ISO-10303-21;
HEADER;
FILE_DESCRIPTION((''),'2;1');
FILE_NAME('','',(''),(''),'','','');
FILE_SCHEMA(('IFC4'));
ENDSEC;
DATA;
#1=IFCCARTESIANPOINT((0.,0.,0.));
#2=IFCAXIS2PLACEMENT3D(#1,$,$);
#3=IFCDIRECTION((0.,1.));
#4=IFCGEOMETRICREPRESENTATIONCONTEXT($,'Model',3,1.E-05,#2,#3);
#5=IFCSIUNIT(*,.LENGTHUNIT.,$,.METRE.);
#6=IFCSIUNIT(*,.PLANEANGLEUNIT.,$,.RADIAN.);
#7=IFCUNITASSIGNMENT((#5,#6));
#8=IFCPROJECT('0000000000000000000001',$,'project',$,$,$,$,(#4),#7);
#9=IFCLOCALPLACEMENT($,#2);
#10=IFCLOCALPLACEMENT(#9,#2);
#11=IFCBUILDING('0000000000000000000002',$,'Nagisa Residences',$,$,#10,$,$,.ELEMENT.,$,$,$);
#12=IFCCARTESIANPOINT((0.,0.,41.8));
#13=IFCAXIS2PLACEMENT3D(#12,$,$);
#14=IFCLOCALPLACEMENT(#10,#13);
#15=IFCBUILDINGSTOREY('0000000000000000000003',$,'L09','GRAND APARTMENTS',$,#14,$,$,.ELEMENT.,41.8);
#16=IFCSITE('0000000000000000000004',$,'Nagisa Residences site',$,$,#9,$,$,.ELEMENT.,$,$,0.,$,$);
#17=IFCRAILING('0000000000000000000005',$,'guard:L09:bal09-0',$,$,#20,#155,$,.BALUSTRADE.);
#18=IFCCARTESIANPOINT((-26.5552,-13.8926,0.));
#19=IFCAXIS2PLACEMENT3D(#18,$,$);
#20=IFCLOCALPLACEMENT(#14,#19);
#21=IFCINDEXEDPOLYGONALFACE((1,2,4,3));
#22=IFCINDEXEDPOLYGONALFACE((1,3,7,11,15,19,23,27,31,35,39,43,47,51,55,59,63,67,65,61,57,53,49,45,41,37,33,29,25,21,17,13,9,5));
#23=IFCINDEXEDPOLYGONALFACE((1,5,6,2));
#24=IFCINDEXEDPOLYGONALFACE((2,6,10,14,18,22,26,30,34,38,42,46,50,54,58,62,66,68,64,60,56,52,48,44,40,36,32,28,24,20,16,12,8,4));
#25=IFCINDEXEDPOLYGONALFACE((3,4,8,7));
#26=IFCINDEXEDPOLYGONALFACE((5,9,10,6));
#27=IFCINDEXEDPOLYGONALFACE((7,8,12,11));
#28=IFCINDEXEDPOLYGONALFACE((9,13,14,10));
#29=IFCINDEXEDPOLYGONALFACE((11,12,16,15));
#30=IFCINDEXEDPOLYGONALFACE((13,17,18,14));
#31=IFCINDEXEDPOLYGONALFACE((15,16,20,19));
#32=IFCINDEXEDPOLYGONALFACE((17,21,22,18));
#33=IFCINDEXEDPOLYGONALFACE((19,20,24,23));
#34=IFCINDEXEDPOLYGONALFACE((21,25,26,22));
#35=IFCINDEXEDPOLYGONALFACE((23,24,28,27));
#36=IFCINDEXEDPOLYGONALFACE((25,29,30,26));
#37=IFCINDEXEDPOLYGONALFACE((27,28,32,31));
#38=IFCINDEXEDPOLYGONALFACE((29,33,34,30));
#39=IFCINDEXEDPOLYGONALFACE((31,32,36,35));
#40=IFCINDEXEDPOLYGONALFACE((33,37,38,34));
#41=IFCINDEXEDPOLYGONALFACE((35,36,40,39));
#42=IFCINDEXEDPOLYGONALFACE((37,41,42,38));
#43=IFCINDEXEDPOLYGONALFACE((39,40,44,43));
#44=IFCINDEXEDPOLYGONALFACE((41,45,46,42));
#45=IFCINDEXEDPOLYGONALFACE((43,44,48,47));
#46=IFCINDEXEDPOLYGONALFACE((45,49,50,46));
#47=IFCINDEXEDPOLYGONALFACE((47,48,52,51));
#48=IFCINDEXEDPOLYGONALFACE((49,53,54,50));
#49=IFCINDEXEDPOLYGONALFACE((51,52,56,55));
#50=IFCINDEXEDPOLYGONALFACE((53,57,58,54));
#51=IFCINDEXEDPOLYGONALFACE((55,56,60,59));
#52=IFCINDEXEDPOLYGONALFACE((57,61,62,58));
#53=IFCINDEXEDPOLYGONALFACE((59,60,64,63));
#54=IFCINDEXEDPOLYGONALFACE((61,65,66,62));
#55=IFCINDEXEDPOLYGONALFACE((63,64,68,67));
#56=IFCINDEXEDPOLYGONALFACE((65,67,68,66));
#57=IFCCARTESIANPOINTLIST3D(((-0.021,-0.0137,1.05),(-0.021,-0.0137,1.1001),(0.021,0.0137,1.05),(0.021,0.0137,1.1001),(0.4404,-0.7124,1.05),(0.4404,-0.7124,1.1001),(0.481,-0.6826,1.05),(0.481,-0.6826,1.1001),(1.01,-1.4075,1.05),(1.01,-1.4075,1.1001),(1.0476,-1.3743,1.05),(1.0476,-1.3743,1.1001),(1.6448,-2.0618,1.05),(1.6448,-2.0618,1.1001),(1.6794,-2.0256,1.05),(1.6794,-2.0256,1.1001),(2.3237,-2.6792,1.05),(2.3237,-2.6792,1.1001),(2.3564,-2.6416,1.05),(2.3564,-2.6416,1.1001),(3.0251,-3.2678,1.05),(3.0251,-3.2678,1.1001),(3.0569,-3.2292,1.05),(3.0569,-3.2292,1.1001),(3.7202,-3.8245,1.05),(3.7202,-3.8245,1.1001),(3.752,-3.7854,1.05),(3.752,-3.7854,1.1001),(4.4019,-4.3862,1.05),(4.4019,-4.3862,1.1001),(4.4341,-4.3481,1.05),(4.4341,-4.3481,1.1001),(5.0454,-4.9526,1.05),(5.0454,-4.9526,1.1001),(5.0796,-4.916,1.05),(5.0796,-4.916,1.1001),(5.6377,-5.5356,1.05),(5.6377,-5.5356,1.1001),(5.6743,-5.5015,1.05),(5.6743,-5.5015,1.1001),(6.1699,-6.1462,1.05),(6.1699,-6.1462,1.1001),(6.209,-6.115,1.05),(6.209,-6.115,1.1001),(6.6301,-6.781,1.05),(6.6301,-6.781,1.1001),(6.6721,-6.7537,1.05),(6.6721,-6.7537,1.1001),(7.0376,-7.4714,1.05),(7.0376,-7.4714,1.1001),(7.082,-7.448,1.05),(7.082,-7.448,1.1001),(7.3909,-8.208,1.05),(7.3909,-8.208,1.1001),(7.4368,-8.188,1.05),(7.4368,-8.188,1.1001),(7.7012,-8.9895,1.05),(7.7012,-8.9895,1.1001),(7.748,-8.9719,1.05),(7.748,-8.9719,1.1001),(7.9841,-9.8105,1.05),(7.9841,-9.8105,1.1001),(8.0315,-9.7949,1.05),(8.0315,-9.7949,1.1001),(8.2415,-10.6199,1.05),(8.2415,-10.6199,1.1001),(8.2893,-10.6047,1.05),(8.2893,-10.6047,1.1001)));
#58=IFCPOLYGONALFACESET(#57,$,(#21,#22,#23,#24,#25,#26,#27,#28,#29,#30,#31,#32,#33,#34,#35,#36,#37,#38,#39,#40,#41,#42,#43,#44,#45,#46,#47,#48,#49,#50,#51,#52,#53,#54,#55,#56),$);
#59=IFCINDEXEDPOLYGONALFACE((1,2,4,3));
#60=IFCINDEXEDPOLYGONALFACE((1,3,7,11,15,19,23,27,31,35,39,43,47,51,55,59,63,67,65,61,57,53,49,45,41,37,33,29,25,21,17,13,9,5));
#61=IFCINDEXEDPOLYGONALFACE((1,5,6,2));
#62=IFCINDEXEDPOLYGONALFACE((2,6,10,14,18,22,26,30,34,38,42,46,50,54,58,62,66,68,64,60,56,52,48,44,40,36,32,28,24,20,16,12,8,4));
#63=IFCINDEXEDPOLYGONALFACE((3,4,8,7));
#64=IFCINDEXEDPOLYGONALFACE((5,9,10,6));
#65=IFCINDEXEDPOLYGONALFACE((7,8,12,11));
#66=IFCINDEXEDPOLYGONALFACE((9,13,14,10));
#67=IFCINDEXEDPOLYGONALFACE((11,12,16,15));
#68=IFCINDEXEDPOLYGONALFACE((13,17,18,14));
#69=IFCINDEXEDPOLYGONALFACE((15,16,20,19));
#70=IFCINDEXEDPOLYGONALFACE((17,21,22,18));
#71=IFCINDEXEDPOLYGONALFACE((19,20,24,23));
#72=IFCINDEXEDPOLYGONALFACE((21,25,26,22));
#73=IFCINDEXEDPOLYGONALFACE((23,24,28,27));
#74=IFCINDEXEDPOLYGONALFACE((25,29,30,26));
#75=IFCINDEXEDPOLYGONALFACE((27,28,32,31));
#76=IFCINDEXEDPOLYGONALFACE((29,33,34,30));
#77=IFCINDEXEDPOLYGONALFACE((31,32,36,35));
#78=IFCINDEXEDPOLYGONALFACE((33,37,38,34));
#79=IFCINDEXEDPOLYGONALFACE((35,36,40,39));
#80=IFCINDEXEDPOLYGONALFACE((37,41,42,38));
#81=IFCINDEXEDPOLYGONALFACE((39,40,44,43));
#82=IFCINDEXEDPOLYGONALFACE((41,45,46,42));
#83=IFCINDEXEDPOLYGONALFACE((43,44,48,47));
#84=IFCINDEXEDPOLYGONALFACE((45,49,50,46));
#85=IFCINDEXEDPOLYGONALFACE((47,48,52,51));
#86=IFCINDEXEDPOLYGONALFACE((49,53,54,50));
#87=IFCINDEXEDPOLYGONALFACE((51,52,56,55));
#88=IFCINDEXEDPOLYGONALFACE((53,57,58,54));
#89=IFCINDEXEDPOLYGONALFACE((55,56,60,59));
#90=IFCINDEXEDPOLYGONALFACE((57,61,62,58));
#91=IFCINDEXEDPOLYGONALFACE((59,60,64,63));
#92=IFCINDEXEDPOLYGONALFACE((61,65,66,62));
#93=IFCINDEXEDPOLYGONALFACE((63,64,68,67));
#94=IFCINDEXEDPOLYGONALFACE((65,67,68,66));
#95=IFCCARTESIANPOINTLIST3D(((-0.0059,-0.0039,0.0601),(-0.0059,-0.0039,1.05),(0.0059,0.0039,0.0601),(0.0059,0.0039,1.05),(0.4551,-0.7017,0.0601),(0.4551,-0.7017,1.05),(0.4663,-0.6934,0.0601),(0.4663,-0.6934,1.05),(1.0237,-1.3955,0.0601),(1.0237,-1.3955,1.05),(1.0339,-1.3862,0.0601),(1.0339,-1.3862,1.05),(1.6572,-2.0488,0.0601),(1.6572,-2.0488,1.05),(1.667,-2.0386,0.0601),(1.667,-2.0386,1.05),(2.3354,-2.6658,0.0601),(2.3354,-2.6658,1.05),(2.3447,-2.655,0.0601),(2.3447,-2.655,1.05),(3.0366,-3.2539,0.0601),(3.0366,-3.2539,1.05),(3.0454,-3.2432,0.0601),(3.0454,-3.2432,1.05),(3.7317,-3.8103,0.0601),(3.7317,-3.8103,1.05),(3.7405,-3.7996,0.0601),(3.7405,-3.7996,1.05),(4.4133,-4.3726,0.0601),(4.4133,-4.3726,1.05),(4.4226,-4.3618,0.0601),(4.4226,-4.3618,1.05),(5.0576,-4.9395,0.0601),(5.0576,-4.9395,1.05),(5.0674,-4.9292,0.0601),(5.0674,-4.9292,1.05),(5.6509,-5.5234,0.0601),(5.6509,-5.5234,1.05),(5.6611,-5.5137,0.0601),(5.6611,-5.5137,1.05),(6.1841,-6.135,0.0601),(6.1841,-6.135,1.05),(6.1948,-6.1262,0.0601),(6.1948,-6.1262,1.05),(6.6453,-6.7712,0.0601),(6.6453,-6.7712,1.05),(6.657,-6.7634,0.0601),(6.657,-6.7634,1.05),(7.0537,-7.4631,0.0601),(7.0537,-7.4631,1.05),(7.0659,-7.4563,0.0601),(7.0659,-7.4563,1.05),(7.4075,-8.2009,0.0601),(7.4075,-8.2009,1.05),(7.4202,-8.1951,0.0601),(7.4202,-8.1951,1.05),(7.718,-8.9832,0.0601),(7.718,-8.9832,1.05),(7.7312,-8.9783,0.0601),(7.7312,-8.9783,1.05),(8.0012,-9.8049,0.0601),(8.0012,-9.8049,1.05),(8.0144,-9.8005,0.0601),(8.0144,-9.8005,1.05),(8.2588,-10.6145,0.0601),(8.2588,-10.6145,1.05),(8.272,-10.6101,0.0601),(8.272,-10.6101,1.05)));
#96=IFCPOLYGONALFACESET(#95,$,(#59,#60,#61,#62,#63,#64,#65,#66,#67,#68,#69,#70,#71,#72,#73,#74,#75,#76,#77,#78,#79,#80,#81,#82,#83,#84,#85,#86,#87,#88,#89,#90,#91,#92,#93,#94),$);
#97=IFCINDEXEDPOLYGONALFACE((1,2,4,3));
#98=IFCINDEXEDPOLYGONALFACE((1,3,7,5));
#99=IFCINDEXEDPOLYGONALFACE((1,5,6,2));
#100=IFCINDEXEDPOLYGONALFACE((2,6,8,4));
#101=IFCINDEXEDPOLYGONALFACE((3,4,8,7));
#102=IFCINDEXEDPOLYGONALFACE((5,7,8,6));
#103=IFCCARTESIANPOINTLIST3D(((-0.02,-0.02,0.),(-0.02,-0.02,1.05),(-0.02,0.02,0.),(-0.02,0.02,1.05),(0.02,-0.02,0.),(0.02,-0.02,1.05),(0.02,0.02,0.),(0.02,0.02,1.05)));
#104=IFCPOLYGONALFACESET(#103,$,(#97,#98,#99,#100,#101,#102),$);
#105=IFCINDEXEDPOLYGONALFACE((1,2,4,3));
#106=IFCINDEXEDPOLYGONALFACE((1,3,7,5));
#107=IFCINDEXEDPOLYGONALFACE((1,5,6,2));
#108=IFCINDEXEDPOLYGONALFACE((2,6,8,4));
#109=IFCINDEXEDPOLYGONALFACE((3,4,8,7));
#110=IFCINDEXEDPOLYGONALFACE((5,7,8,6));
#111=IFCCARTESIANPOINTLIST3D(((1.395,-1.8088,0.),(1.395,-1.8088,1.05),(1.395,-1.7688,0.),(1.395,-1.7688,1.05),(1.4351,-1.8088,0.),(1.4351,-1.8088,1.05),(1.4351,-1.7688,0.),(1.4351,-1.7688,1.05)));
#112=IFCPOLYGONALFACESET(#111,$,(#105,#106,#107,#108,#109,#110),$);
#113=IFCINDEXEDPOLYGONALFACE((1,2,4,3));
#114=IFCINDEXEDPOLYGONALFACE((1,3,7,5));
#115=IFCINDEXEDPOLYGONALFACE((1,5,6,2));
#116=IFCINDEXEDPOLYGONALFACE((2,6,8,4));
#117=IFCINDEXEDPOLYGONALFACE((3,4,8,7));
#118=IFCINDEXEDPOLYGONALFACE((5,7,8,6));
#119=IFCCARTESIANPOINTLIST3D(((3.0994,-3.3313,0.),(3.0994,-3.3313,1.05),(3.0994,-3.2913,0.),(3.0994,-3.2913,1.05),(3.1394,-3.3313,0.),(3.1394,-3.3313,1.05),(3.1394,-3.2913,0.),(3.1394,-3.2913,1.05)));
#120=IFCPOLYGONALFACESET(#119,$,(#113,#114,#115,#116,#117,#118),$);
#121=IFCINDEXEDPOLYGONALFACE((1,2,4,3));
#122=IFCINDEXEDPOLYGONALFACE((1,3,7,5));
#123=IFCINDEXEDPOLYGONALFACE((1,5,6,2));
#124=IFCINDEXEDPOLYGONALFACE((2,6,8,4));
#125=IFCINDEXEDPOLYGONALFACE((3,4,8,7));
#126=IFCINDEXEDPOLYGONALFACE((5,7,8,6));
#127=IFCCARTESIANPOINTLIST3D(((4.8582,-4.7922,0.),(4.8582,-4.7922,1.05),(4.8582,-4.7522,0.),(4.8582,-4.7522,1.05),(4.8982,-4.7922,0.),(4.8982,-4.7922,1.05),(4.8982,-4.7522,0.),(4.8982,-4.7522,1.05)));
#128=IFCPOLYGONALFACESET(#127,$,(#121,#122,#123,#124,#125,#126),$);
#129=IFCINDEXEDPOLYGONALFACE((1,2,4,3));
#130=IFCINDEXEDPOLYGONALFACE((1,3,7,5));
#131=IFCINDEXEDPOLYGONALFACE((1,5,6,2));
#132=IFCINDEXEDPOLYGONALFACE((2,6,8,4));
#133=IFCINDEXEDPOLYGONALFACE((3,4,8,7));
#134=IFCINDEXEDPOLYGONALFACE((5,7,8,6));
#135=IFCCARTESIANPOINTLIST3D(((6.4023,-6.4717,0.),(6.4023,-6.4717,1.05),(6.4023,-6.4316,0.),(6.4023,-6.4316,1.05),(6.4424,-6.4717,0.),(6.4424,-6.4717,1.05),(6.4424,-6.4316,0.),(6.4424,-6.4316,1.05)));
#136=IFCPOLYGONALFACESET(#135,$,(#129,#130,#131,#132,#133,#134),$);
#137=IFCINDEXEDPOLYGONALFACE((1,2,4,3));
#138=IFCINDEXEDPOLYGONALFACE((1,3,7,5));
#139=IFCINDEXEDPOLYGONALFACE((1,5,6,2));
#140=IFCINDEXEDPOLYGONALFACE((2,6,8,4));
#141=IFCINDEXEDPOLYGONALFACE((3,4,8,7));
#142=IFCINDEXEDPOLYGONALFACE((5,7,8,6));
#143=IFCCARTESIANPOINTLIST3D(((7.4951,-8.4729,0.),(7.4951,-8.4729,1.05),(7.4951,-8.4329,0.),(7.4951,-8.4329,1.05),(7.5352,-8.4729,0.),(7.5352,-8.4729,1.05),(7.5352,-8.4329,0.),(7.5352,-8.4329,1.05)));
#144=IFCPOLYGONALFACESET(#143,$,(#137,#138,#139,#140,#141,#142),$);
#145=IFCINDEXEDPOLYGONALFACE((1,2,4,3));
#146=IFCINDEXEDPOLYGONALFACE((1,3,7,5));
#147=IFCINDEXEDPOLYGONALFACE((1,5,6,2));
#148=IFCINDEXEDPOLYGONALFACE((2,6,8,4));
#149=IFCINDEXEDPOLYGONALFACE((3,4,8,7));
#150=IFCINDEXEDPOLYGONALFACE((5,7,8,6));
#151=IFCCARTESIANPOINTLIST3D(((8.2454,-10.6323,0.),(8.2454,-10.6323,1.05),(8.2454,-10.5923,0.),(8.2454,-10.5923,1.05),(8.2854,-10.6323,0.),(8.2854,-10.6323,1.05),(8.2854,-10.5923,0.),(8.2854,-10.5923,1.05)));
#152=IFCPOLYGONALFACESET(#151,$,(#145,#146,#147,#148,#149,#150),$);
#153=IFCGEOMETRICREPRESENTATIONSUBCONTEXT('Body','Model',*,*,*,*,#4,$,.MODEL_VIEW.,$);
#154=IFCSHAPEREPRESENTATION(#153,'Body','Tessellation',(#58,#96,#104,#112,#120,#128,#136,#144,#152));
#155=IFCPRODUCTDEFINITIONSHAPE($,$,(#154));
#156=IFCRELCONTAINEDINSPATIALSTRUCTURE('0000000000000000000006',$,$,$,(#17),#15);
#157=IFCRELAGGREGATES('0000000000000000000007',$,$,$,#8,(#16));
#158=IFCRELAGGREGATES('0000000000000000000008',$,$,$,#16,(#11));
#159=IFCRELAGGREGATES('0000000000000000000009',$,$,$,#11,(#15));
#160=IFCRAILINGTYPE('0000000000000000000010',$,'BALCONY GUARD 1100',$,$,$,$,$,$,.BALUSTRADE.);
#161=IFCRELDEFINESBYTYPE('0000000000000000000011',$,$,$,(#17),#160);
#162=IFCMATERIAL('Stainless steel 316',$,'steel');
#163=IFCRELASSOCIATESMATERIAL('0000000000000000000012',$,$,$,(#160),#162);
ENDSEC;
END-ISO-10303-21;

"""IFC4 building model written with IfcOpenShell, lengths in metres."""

from ifc_helpers import new_model, si_unit, direction, frame, origin, origin_2d, place, context, subcontext, project, spatial, polyline, rectangle, outline, extrude, material, type_object, element, save


model = new_model("IFC4")

# Units and contexts
model_context = context("Model", 3, precision=1e-05, world=origin(), true_north=direction((0.0, 1.0)))
body_context = subcontext(model_context, "Body", "Model", "MODEL_VIEW")
ifc_project = project(units=[si_unit("LENGTHUNIT", "METRE"), si_unit("PLANEANGLEUNIT", "RADIAN")], contexts=[model_context])

# Site, building, storey
site_placement = place(None, origin())
site = spatial("IfcSite", under=ifc_project, at=site_placement, Name="Nagisa Residences site", CompositionType="ELEMENT", RefElevation=0.0)
building_placement = place(site_placement, origin())
building = spatial("IfcBuilding", under=site, at=building_placement, Name="Nagisa Residences", CompositionType="ELEMENT")
storey_placement = place(building_placement, frame((0.0, 0.0, 41.8)))
storey = spatial("IfcBuildingStorey", under=building, at=storey_placement, Name="L09", Description="GRAND APARTMENTS", CompositionType="ELEMENT", Elevation=41.8)

# Railing
ifc_material_1 = material(Name="Stainless steel 316", Category="steel")
railing_type = type_object("IfcRailingType", Name="BALCONY GUARD 1100", PredefinedType="BALUSTRADE", material=ifc_material_1)
railing_1_placement = place(storey_placement, frame((-26.5552, -13.8926, 0.0)))
element("IfcRailing", 1, at=railing_1_placement, inside=storey, type_object=railing_type, Name="guard:L09:bal09-0", PredefinedType="BALUSTRADE", context=body_context, shape_type="SweptSolid", body=[
    extrude(outline(polyline([(0.481, -0.6826), (0.021, 0.0137), (-0.021, -0.0137), (0.4404, -0.7124), (1.01, -1.4075), (1.6448, -2.0618), (2.3237, -2.6792), (3.0251, -3.2678), (3.7202, -3.8245), (4.4019, -4.3862), (5.0454, -4.9526), (5.6377, -5.5356), (6.1699, -6.1462), (6.6301, -6.781), (7.0376, -7.4714), (7.3909, -8.208), (7.7012, -8.9895), (7.9841, -9.8105), (8.2415, -10.6199), (8.2893, -10.6047), (8.0315, -9.7949), (7.748, -8.9719), (7.4368, -8.188), (7.082, -7.448), (6.6721, -6.7537), (6.209, -6.115), (5.6743, -5.5015), (5.0796, -4.916), (4.4341, -4.3481), (3.752, -3.7854), (3.0569, -3.2292), (2.3564, -2.6416), (1.6794, -2.0256), (1.0476, -1.3743), (0.481, -0.6826)])), frame((0.0, 0.0, 1.05)), (0.0, 0.0, 1.0), 0.05),
    extrude(outline(polyline([(0.4663, -0.6934), (0.0059, 0.0039), (-0.0059, -0.0039), (0.4551, -0.7017), (1.0237, -1.3955), (1.6572, -2.0488), (2.3354, -2.6658), (3.0366, -3.2539), (3.7317, -3.8103), (4.4133, -4.3726), (5.0576, -4.9395), (5.6509, -5.5234), (6.1841, -6.135), (6.6453, -6.7712), (7.0537, -7.4631), (7.4075, -8.2009), (7.718, -8.9832), (8.0012, -9.8049), (8.2588, -10.6145), (8.272, -10.6101), (8.0144, -9.8005), (7.7312, -8.9783), (7.4202, -8.1951), (7.0659, -7.4563), (6.657, -6.7634), (6.1948, -6.1262), (5.6611, -5.5137), (5.0674, -4.9292), (4.4226, -4.3618), (3.7405, -3.7996), (3.0454, -3.2432), (2.3447, -2.655), (1.667, -2.0386), (1.0339, -1.3862), (0.4663, -0.6934)])), frame((0.0, 0.0, 0.0601)), (0.0, 0.0, 1.0), 0.99),
    extrude(rectangle(XDim=0.04, YDim=0.04, at=origin_2d()), origin(), (0.0, 0.0, 1.0), 1.05),
    extrude(rectangle(XDim=0.04, YDim=0.04, at=origin_2d()), frame((1.415, -1.7888, 0.0)), (0.0, 0.0, 1.0), 1.05),
    extrude(rectangle(XDim=0.04, YDim=0.04, at=origin_2d()), frame((3.1194, -3.3113, 0.0)), (0.0, 0.0, 1.0), 1.05),
    extrude(rectangle(XDim=0.04, YDim=0.04, at=origin_2d()), frame((4.8782, -4.7722, 0.0)), (0.0, 0.0, 1.0), 1.05),
    extrude(rectangle(XDim=0.04, YDim=0.04, at=origin_2d()), frame((6.4224, -6.4517, 0.0)), (0.0, 0.0, 1.0), 1.05),
    extrude(rectangle(XDim=0.04, YDim=0.04, at=origin_2d()), frame((7.5151, -8.4529, 0.0)), (0.0, 0.0, 1.0), 1.05),
    extrude(rectangle(XDim=0.04, YDim=0.04, at=origin_2d()), frame((8.2654, -10.6123, 0.0)), (0.0, 0.0, 1.0), 1.05),
])

save(model, "model.ifc")
